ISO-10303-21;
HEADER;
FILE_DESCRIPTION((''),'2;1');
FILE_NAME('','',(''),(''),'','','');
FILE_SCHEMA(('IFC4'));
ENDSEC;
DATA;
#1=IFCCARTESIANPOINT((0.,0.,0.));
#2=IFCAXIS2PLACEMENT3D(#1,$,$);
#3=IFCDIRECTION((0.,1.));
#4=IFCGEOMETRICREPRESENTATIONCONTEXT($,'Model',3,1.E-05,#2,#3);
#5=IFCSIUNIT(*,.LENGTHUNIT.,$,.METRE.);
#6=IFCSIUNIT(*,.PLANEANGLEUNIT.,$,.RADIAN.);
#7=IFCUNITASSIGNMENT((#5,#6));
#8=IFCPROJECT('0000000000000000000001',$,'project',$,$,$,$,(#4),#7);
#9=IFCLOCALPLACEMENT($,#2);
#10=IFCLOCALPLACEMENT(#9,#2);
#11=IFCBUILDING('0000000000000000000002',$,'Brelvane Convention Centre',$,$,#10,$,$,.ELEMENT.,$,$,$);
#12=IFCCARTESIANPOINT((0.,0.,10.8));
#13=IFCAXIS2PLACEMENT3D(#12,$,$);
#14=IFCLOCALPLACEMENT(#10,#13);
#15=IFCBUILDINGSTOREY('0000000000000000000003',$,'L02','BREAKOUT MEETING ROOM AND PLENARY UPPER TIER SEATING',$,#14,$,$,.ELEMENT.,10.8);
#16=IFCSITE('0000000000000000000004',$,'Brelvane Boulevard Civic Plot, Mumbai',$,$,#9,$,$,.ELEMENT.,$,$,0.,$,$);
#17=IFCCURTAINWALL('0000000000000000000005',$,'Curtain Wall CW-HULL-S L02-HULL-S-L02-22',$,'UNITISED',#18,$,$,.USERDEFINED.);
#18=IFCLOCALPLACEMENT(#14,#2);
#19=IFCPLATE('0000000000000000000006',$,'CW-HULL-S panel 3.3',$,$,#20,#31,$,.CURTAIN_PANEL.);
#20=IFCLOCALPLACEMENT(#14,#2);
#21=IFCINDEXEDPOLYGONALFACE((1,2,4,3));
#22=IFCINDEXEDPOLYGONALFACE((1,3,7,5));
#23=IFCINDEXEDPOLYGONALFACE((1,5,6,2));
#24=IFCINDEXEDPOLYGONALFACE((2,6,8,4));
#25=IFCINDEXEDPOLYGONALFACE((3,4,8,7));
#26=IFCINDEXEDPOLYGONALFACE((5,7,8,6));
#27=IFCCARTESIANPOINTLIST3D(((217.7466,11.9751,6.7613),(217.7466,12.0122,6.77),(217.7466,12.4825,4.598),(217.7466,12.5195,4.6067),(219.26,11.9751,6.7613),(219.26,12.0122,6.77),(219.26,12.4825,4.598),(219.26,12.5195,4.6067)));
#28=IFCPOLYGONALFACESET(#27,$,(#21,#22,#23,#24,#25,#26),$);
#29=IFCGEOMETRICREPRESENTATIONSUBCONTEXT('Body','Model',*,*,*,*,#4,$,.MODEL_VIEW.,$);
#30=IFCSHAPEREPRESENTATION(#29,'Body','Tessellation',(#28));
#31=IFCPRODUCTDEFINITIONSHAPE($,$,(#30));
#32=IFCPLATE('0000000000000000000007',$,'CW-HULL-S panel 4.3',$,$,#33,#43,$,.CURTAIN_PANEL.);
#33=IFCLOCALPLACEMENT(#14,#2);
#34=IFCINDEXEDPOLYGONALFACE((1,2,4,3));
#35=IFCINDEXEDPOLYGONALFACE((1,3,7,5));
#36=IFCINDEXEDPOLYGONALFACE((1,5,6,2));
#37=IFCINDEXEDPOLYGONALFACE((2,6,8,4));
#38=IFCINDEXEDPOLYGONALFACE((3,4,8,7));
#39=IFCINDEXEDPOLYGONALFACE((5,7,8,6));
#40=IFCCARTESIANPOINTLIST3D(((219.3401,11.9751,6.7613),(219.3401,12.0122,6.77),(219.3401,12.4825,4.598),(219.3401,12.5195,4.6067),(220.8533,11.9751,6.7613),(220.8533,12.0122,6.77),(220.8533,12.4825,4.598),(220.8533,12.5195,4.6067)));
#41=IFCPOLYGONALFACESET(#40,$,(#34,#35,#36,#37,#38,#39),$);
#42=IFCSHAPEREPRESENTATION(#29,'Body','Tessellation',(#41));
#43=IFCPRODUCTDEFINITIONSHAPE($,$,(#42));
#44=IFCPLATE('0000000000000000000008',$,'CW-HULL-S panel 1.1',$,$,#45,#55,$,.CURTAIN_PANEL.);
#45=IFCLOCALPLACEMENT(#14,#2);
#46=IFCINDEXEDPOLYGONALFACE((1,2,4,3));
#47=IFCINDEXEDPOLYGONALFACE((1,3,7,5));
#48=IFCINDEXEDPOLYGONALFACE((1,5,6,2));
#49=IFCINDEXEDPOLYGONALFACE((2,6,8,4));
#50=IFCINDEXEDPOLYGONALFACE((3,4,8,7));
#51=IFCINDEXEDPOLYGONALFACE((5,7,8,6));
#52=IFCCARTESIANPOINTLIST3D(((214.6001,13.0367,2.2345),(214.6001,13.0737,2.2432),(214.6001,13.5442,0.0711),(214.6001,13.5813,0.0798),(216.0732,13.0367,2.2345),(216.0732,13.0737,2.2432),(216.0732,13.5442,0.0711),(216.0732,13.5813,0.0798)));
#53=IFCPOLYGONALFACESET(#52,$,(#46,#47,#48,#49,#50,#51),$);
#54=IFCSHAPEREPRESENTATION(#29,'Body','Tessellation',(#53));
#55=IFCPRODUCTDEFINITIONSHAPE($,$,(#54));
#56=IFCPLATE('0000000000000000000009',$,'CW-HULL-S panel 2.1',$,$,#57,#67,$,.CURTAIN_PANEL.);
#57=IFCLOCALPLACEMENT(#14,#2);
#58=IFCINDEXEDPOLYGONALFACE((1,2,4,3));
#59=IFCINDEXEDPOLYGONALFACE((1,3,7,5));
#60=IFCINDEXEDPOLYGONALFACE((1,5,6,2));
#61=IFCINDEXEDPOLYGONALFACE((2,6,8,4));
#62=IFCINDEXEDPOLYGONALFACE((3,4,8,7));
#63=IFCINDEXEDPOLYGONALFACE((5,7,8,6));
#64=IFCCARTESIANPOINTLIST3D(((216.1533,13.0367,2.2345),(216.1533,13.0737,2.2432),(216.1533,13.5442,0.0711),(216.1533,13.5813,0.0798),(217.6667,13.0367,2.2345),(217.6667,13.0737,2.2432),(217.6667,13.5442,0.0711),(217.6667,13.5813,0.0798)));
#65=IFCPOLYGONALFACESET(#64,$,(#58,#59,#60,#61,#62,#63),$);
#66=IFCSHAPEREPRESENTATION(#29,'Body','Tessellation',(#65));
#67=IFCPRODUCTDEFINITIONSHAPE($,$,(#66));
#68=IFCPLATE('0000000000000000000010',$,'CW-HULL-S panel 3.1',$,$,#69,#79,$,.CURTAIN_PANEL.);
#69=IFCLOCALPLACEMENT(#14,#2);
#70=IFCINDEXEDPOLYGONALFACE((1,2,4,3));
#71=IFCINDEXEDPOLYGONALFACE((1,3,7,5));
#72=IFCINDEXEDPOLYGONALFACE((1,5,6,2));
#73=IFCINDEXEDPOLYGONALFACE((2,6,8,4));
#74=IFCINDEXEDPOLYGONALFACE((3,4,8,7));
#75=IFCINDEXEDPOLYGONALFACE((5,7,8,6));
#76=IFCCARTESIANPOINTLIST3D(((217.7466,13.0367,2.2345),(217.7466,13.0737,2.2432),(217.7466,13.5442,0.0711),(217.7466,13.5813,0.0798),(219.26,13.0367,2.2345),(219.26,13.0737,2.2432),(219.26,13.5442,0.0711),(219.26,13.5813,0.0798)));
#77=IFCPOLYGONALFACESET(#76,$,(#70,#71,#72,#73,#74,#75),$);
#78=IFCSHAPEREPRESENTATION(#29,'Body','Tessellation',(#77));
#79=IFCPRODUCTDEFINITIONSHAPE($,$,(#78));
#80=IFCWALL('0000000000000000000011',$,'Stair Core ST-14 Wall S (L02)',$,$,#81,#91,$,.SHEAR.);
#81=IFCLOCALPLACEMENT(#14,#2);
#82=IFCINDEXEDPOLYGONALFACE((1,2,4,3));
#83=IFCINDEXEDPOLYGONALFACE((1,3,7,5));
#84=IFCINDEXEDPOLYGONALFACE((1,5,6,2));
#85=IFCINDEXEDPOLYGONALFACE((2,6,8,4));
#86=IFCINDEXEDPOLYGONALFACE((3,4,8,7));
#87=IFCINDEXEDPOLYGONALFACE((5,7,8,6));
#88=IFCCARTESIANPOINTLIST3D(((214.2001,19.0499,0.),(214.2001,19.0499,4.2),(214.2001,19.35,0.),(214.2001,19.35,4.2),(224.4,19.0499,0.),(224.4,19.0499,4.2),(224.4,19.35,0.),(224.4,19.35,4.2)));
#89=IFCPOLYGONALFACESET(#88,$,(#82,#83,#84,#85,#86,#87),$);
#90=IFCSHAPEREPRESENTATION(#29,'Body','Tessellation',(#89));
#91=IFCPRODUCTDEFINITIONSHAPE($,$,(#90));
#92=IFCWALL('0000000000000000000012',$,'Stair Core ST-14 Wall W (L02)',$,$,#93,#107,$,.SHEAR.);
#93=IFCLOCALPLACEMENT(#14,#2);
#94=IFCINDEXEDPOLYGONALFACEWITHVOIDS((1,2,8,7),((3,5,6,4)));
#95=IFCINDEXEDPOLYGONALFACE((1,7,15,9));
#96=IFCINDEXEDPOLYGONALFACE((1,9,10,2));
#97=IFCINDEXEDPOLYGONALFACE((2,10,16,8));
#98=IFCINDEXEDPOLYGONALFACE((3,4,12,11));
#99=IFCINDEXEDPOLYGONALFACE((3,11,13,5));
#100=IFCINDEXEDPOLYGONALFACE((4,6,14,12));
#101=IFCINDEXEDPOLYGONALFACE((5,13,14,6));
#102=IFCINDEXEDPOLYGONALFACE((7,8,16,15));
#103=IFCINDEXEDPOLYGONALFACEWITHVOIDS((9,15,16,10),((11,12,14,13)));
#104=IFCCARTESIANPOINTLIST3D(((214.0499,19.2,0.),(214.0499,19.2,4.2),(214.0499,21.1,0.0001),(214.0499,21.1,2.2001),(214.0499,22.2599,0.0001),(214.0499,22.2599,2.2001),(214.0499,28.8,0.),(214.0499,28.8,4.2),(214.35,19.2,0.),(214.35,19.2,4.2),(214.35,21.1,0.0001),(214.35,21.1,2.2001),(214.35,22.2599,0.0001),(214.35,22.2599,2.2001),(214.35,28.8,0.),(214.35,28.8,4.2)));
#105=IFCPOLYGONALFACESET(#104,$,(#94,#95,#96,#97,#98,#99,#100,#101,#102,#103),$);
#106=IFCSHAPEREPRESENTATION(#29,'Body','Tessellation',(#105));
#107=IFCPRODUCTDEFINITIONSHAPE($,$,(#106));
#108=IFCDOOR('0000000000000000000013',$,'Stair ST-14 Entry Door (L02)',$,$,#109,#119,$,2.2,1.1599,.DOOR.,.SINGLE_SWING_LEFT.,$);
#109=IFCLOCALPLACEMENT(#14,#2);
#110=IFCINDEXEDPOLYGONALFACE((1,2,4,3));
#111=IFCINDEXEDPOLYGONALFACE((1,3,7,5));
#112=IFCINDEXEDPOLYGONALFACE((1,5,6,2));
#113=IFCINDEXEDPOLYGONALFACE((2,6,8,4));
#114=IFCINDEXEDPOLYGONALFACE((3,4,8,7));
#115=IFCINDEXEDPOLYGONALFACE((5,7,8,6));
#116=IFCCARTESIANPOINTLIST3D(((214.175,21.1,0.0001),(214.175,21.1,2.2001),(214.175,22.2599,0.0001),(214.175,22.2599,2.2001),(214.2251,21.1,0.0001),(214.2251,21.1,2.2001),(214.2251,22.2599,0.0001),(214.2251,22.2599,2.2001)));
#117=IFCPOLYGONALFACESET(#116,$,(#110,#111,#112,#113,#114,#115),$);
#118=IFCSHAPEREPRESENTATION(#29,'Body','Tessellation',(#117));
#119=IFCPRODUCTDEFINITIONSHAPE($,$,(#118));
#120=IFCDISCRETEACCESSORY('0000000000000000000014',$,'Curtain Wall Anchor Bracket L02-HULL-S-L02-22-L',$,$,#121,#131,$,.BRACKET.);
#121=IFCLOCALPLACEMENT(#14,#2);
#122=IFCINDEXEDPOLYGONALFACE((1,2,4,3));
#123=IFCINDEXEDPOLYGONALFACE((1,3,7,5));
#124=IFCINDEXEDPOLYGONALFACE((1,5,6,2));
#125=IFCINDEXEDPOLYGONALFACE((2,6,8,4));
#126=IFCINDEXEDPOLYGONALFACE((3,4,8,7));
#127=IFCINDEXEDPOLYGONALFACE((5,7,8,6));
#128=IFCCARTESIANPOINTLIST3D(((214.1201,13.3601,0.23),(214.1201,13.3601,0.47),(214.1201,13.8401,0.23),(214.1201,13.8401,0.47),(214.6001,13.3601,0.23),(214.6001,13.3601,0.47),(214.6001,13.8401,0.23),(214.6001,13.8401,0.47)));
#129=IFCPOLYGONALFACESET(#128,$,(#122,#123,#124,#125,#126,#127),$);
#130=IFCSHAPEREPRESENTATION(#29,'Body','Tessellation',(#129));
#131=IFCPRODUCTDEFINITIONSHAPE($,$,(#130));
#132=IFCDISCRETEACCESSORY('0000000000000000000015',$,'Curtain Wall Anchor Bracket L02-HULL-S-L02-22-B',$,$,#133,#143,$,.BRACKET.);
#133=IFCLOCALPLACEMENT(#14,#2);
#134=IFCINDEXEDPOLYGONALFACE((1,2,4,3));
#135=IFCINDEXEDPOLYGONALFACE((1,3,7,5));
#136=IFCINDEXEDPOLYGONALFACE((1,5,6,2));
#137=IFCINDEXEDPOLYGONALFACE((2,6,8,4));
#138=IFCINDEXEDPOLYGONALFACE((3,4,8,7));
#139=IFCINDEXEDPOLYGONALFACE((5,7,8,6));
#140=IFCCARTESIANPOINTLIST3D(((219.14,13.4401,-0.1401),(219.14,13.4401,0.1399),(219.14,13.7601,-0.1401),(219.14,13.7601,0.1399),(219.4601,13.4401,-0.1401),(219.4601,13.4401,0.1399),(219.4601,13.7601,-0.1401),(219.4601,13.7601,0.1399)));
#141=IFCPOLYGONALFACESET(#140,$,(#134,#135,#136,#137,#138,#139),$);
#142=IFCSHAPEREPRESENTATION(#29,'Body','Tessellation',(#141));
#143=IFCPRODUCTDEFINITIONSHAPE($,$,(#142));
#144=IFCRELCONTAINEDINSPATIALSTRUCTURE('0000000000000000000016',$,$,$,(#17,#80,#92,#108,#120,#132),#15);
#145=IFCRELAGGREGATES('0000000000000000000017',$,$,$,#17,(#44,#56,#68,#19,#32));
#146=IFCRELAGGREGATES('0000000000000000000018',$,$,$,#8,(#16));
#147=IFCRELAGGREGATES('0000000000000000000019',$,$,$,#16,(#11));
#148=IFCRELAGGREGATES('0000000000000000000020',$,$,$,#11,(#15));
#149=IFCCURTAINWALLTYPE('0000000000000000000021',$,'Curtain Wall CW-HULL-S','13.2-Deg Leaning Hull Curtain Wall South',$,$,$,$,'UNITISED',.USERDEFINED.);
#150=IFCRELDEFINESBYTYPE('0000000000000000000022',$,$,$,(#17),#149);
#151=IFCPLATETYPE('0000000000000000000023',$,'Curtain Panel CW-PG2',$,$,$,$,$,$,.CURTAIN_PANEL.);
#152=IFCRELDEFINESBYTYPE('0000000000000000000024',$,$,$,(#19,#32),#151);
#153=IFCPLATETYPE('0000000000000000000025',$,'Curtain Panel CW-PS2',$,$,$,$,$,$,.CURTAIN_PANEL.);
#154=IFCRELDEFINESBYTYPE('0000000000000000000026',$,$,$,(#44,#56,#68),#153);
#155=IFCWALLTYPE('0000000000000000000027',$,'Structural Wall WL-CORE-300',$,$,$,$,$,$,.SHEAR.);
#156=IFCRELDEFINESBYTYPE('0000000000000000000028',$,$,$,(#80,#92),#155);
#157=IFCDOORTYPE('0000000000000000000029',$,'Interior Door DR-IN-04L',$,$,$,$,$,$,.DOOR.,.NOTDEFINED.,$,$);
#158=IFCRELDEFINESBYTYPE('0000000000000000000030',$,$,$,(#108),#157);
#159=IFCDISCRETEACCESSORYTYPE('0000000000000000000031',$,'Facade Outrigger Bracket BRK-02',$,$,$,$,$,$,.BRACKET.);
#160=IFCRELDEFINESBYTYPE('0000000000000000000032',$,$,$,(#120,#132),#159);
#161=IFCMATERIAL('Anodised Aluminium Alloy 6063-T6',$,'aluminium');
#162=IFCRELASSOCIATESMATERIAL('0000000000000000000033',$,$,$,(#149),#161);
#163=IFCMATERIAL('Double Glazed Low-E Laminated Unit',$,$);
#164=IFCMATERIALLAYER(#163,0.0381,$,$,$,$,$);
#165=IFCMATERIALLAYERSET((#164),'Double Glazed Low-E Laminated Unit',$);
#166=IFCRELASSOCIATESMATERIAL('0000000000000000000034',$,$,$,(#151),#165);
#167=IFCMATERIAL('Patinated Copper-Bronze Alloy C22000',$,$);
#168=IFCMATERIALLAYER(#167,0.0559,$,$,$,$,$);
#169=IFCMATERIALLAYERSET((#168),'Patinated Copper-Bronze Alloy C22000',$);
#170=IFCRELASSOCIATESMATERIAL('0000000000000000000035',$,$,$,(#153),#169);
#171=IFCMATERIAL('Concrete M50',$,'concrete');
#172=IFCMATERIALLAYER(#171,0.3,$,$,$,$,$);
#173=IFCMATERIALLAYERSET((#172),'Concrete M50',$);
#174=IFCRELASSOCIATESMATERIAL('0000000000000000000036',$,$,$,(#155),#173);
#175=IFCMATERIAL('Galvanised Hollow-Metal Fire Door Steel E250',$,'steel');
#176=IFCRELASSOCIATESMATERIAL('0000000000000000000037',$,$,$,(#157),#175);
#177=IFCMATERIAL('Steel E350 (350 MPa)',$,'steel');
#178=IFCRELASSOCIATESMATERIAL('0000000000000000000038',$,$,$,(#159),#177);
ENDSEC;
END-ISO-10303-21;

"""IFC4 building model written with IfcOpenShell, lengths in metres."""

from ifc_helpers import new_model, si_unit, direction, frame, frame_2d, origin, origin_2d, place, context, subcontext, project, spatial, polyline, rectangle, outline, extrude, material, layer, layer_set, type_object, element, fill, aggregate, save


model = new_model("IFC4")

# Units and contexts
model_context = context("Model", 3, precision=1e-05, world=origin(), true_north=direction((0.0, 1.0)))
body_context = subcontext(model_context, "Body", "Model", "MODEL_VIEW")
ifc_project = project(units=[si_unit("LENGTHUNIT", "METRE"), si_unit("PLANEANGLEUNIT", "RADIAN")], contexts=[model_context])

# Site, building, storey
site_placement = place(None, origin())
site = spatial("IfcSite", under=ifc_project, at=site_placement, Name="Brelvane Boulevard Civic Plot, Mumbai", CompositionType="ELEMENT", RefElevation=0.0)
building_placement = place(site_placement, origin())
building = spatial("IfcBuilding", under=site, at=building_placement, Name="Brelvane Convention Centre", CompositionType="ELEMENT")
storey_placement = place(building_placement, frame((0.0, 0.0, 10.8)))
storey = spatial("IfcBuildingStorey", under=building, at=storey_placement, Name="L02", Description="BREAKOUT MEETING ROOM AND PLENARY UPPER TIER SEATING", CompositionType="ELEMENT", Elevation=10.8)

# Curtain wall
ifc_material_1 = material(Name="Anodised Aluminium Alloy 6063-T6", Category="aluminium")
curtain_wall_type = type_object("IfcCurtainWallType", Name="Curtain Wall CW-HULL-S", Description="13.2-Deg Leaning Hull Curtain Wall South", ElementType="UNITISED", PredefinedType="USERDEFINED", material=ifc_material_1)
curtain_wall_placement = place(storey_placement, origin())
curtain_wall = element("IfcCurtainWall", 1, at=curtain_wall_placement, inside=storey, type_object=curtain_wall_type, Name="Curtain Wall CW-HULL-S L02-HULL-S-L02-22", ObjectType="UNITISED", PredefinedType="USERDEFINED")

# Plates
ifc_material_2 = material(Name="Double Glazed Low-E Laminated Unit")
ifc_layer_1 = layer(ifc_material_2, 0.0381)
ifc_layer_set_1 = layer_set([ifc_layer_1], Name="Double Glazed Low-E Laminated Unit")
plate_type_1 = type_object("IfcPlateType", Name="Curtain Panel CW-PG2", PredefinedType="CURTAIN_PANEL", material=ifc_layer_set_1)
plate_1_placement = place(storey_placement, frame((217.7466, 12.5195, 4.6067), z_axis=(0.0, 0.973587, 0.228317), x_axis=(1.0, 0.0, 0.0)))
plate_1 = element("IfcPlate", 2, at=plate_1_placement, type_object=plate_type_1, Name="CW-HULL-S panel 3.3", PredefinedType="CURTAIN_PANEL", context=body_context, shape_type="SweptSolid", body=[
    extrude(outline(polyline([(0.0, 0.0), (1.5134, 0.0), (1.5134, -2.222), (0.0, -2.222), (0.0, 0.0)])), origin(), (0.0, 0.0, -1.0), 0.0381),
])
plate_2_placement = place(storey_placement, frame((219.3401, 12.5195, 4.6067), z_axis=(0.0, 0.973587, 0.228317), x_axis=(1.0, 0.0, 0.0)))
plate_2 = element("IfcPlate", 3, at=plate_2_placement, type_object=plate_type_1, Name="CW-HULL-S panel 4.3", PredefinedType="CURTAIN_PANEL", context=body_context, shape_type="SweptSolid", body=[
    extrude(outline(polyline([(0.0, 0.0), (1.5132, 0.0), (1.5132, -2.222), (0.0, -2.222), (0.0, 0.0)])), origin(), (0.0, 0.0, -1.0), 0.0381),
])
ifc_material_3 = material(Name="Patinated Copper-Bronze Alloy C22000")
ifc_layer_2 = layer(ifc_material_3, 0.0559)
ifc_layer_set_2 = layer_set([ifc_layer_2], Name="Patinated Copper-Bronze Alloy C22000")
plate_type_2 = type_object("IfcPlateType", Name="Curtain Panel CW-PS2", PredefinedType="CURTAIN_PANEL", material=ifc_layer_set_2)
plate_3_placement = place(storey_placement, frame((214.6001, 13.5813, 0.0798), z_axis=(0.0, 0.973563, 0.228421), x_axis=(1.0, 0.0, 0.0)))
plate_3 = element("IfcPlate", 4, at=plate_3_placement, type_object=plate_type_2, Name="CW-HULL-S panel 1.1", PredefinedType="CURTAIN_PANEL", context=body_context, shape_type="SweptSolid", body=[
    extrude(outline(polyline([(0.0, 0.0), (1.4731, 0.0), (1.4731, -2.2221), (0.0, -2.2221), (0.0, 0.0)])), origin(), (0.0, 0.0, -1.0), 0.0381),
])
plate_4_placement = place(storey_placement, frame((216.1533, 13.5813, 0.0798), z_axis=(0.0, 0.973563, 0.228421), x_axis=(1.0, 0.0, 0.0)))
plate_4 = element("IfcPlate", 5, at=plate_4_placement, type_object=plate_type_2, Name="CW-HULL-S panel 2.1", PredefinedType="CURTAIN_PANEL", context=body_context, shape_type="SweptSolid", body=[
    extrude(outline(polyline([(0.0, 0.0), (1.5134, 0.0), (1.5134, -2.2221), (0.0, -2.2221), (0.0, 0.0)])), origin(), (0.0, 0.0, -1.0), 0.0381),
])
plate_5_placement = place(storey_placement, frame((217.7466, 13.5813, 0.0798), z_axis=(0.0, 0.973563, 0.228421), x_axis=(1.0, 0.0, 0.0)))
plate_5 = element("IfcPlate", 6, at=plate_5_placement, type_object=plate_type_2, Name="CW-HULL-S panel 3.1", PredefinedType="CURTAIN_PANEL", context=body_context, shape_type="SweptSolid", body=[
    extrude(outline(polyline([(0.0, 0.0), (1.5134, 0.0), (1.5134, -2.2221), (0.0, -2.2221), (0.0, 0.0)])), origin(), (0.0, 0.0, -1.0), 0.0381),
])
aggregate(curtain_wall, [plate_3, plate_4, plate_5, plate_1, plate_2])

# Wall
ifc_material_4 = material(Name="Concrete M50", Category="concrete")
ifc_layer_3 = layer(ifc_material_4, 0.3)
ifc_layer_set_3 = layer_set([ifc_layer_3], Name="Concrete M50")
wall_type = type_object("IfcWallType", Name="Structural Wall WL-CORE-300", PredefinedType="SHEAR", material=ifc_layer_set_3)
wall_1_placement = place(storey_placement, frame((214.2, 19.2, 0.0), z_axis=(0.0, 0.0, 1.0), x_axis=(1.0, 0.0, 0.0)))
element("IfcWall", 7, at=wall_1_placement, inside=storey, type_object=wall_type, Name="Stair Core ST-14 Wall S (L02)", PredefinedType="SHEAR", context=body_context, shape_type="SweptSolid", body=[
    extrude(rectangle(XDim=10.2, YDim=0.3, at=frame_2d((5.1001, 0.0))), origin(), (0.0, 0.0, 1.0), 4.2),
])

# Wall, opening, door
wall_2_placement = place(storey_placement, frame((214.2, 19.2, 0.0), z_axis=(0.0, 0.0, 1.0), x_axis=(0.0, 1.0, 0.0)))
wall_2 = element("IfcWall", 8, at=wall_2_placement, inside=storey, type_object=wall_type, Name="Stair Core ST-14 Wall W (L02)", PredefinedType="SHEAR", context=body_context, shape_type="SweptSolid", body=[
    extrude(rectangle(XDim=9.6001, YDim=0.3, at=frame_2d((4.8, 0.0))), origin(), (0.0, 0.0, 1.0), 4.2),
])
opening_placement = place(wall_2_placement, frame((1.8999, 0.0, 0.0)))
opening = element("IfcOpeningElement", 9, at=opening_placement, cuts=wall_2, PredefinedType="OPENING", context=body_context, shape_type="SweptSolid", body=[
    extrude(rectangle(XDim=1.1599, YDim=2.2, at=frame_2d((0.5801, 1.1001))), frame((0.0, 0.1599, 0.0), z_axis=(0.0, -1.0, 0.0), x_axis=(1.0, 0.0, 0.0)), (0.0, 0.0, 1.0), 0.3201),
])
ifc_material_5 = material(Name="Galvanised Hollow-Metal Fire Door Steel E250", Category="steel")
door_type = type_object("IfcDoorType", Name="Interior Door DR-IN-04L", OperationType="NOTDEFINED", PredefinedType="DOOR", material=ifc_material_5)
door_placement = place(opening_placement, origin())
door = element("IfcDoor", 10, at=door_placement, inside=storey, type_object=door_type, Name="Stair ST-14 Entry Door (L02)", OperationType="SINGLE_SWING_LEFT", OverallHeight=2.2, OverallWidth=1.1599, PredefinedType="DOOR", context=body_context, shape_type="SweptSolid", body=[
    extrude(rectangle(XDim=1.1599, YDim=2.2, at=frame_2d((0.5801, 1.1001))), frame((0.0, 0.0249, 0.0), z_axis=(0.0, -1.0, 0.0), x_axis=(1.0, 0.0, 0.0)), (0.0, 0.0, 1.0), 0.05),
])
fill(opening, door)

# Discrete accessories
ifc_material_6 = material(Name="Steel E350 (350 MPa)", Category="steel")
discrete_accessory_type = type_object("IfcDiscreteAccessoryType", Name="Facade Outrigger Bracket BRK-02", PredefinedType="BRACKET", material=ifc_material_6)
discrete_accessory_1_placement = place(storey_placement, frame((214.3601, 13.6001, 0.23), z_axis=(0.0, 0.0, 1.0), x_axis=(1.0, 0.0, 0.0)))
element("IfcDiscreteAccessory", 11, at=discrete_accessory_1_placement, inside=storey, type_object=discrete_accessory_type, Name="Curtain Wall Anchor Bracket L02-HULL-S-L02-22-L", PredefinedType="BRACKET", context=body_context, shape_type="SweptSolid", body=[
    extrude(rectangle(XDim=0.48, YDim=0.48, at=origin_2d()), origin(), (0.0, 0.0, 1.0), 0.24),
])
discrete_accessory_2_placement = place(storey_placement, frame((219.3, 13.6001, -0.1401), z_axis=(0.0, 0.0, 1.0), x_axis=(1.0, 0.0, 0.0)))
element("IfcDiscreteAccessory", 12, at=discrete_accessory_2_placement, inside=storey, type_object=discrete_accessory_type, Name="Curtain Wall Anchor Bracket L02-HULL-S-L02-22-B", PredefinedType="BRACKET", context=body_context, shape_type="SweptSolid", body=[
    extrude(rectangle(XDim=0.3201, YDim=0.3201, at=origin_2d()), origin(), (0.0, 0.0, 1.0), 0.28),
])

save(model, "model.ifc")
